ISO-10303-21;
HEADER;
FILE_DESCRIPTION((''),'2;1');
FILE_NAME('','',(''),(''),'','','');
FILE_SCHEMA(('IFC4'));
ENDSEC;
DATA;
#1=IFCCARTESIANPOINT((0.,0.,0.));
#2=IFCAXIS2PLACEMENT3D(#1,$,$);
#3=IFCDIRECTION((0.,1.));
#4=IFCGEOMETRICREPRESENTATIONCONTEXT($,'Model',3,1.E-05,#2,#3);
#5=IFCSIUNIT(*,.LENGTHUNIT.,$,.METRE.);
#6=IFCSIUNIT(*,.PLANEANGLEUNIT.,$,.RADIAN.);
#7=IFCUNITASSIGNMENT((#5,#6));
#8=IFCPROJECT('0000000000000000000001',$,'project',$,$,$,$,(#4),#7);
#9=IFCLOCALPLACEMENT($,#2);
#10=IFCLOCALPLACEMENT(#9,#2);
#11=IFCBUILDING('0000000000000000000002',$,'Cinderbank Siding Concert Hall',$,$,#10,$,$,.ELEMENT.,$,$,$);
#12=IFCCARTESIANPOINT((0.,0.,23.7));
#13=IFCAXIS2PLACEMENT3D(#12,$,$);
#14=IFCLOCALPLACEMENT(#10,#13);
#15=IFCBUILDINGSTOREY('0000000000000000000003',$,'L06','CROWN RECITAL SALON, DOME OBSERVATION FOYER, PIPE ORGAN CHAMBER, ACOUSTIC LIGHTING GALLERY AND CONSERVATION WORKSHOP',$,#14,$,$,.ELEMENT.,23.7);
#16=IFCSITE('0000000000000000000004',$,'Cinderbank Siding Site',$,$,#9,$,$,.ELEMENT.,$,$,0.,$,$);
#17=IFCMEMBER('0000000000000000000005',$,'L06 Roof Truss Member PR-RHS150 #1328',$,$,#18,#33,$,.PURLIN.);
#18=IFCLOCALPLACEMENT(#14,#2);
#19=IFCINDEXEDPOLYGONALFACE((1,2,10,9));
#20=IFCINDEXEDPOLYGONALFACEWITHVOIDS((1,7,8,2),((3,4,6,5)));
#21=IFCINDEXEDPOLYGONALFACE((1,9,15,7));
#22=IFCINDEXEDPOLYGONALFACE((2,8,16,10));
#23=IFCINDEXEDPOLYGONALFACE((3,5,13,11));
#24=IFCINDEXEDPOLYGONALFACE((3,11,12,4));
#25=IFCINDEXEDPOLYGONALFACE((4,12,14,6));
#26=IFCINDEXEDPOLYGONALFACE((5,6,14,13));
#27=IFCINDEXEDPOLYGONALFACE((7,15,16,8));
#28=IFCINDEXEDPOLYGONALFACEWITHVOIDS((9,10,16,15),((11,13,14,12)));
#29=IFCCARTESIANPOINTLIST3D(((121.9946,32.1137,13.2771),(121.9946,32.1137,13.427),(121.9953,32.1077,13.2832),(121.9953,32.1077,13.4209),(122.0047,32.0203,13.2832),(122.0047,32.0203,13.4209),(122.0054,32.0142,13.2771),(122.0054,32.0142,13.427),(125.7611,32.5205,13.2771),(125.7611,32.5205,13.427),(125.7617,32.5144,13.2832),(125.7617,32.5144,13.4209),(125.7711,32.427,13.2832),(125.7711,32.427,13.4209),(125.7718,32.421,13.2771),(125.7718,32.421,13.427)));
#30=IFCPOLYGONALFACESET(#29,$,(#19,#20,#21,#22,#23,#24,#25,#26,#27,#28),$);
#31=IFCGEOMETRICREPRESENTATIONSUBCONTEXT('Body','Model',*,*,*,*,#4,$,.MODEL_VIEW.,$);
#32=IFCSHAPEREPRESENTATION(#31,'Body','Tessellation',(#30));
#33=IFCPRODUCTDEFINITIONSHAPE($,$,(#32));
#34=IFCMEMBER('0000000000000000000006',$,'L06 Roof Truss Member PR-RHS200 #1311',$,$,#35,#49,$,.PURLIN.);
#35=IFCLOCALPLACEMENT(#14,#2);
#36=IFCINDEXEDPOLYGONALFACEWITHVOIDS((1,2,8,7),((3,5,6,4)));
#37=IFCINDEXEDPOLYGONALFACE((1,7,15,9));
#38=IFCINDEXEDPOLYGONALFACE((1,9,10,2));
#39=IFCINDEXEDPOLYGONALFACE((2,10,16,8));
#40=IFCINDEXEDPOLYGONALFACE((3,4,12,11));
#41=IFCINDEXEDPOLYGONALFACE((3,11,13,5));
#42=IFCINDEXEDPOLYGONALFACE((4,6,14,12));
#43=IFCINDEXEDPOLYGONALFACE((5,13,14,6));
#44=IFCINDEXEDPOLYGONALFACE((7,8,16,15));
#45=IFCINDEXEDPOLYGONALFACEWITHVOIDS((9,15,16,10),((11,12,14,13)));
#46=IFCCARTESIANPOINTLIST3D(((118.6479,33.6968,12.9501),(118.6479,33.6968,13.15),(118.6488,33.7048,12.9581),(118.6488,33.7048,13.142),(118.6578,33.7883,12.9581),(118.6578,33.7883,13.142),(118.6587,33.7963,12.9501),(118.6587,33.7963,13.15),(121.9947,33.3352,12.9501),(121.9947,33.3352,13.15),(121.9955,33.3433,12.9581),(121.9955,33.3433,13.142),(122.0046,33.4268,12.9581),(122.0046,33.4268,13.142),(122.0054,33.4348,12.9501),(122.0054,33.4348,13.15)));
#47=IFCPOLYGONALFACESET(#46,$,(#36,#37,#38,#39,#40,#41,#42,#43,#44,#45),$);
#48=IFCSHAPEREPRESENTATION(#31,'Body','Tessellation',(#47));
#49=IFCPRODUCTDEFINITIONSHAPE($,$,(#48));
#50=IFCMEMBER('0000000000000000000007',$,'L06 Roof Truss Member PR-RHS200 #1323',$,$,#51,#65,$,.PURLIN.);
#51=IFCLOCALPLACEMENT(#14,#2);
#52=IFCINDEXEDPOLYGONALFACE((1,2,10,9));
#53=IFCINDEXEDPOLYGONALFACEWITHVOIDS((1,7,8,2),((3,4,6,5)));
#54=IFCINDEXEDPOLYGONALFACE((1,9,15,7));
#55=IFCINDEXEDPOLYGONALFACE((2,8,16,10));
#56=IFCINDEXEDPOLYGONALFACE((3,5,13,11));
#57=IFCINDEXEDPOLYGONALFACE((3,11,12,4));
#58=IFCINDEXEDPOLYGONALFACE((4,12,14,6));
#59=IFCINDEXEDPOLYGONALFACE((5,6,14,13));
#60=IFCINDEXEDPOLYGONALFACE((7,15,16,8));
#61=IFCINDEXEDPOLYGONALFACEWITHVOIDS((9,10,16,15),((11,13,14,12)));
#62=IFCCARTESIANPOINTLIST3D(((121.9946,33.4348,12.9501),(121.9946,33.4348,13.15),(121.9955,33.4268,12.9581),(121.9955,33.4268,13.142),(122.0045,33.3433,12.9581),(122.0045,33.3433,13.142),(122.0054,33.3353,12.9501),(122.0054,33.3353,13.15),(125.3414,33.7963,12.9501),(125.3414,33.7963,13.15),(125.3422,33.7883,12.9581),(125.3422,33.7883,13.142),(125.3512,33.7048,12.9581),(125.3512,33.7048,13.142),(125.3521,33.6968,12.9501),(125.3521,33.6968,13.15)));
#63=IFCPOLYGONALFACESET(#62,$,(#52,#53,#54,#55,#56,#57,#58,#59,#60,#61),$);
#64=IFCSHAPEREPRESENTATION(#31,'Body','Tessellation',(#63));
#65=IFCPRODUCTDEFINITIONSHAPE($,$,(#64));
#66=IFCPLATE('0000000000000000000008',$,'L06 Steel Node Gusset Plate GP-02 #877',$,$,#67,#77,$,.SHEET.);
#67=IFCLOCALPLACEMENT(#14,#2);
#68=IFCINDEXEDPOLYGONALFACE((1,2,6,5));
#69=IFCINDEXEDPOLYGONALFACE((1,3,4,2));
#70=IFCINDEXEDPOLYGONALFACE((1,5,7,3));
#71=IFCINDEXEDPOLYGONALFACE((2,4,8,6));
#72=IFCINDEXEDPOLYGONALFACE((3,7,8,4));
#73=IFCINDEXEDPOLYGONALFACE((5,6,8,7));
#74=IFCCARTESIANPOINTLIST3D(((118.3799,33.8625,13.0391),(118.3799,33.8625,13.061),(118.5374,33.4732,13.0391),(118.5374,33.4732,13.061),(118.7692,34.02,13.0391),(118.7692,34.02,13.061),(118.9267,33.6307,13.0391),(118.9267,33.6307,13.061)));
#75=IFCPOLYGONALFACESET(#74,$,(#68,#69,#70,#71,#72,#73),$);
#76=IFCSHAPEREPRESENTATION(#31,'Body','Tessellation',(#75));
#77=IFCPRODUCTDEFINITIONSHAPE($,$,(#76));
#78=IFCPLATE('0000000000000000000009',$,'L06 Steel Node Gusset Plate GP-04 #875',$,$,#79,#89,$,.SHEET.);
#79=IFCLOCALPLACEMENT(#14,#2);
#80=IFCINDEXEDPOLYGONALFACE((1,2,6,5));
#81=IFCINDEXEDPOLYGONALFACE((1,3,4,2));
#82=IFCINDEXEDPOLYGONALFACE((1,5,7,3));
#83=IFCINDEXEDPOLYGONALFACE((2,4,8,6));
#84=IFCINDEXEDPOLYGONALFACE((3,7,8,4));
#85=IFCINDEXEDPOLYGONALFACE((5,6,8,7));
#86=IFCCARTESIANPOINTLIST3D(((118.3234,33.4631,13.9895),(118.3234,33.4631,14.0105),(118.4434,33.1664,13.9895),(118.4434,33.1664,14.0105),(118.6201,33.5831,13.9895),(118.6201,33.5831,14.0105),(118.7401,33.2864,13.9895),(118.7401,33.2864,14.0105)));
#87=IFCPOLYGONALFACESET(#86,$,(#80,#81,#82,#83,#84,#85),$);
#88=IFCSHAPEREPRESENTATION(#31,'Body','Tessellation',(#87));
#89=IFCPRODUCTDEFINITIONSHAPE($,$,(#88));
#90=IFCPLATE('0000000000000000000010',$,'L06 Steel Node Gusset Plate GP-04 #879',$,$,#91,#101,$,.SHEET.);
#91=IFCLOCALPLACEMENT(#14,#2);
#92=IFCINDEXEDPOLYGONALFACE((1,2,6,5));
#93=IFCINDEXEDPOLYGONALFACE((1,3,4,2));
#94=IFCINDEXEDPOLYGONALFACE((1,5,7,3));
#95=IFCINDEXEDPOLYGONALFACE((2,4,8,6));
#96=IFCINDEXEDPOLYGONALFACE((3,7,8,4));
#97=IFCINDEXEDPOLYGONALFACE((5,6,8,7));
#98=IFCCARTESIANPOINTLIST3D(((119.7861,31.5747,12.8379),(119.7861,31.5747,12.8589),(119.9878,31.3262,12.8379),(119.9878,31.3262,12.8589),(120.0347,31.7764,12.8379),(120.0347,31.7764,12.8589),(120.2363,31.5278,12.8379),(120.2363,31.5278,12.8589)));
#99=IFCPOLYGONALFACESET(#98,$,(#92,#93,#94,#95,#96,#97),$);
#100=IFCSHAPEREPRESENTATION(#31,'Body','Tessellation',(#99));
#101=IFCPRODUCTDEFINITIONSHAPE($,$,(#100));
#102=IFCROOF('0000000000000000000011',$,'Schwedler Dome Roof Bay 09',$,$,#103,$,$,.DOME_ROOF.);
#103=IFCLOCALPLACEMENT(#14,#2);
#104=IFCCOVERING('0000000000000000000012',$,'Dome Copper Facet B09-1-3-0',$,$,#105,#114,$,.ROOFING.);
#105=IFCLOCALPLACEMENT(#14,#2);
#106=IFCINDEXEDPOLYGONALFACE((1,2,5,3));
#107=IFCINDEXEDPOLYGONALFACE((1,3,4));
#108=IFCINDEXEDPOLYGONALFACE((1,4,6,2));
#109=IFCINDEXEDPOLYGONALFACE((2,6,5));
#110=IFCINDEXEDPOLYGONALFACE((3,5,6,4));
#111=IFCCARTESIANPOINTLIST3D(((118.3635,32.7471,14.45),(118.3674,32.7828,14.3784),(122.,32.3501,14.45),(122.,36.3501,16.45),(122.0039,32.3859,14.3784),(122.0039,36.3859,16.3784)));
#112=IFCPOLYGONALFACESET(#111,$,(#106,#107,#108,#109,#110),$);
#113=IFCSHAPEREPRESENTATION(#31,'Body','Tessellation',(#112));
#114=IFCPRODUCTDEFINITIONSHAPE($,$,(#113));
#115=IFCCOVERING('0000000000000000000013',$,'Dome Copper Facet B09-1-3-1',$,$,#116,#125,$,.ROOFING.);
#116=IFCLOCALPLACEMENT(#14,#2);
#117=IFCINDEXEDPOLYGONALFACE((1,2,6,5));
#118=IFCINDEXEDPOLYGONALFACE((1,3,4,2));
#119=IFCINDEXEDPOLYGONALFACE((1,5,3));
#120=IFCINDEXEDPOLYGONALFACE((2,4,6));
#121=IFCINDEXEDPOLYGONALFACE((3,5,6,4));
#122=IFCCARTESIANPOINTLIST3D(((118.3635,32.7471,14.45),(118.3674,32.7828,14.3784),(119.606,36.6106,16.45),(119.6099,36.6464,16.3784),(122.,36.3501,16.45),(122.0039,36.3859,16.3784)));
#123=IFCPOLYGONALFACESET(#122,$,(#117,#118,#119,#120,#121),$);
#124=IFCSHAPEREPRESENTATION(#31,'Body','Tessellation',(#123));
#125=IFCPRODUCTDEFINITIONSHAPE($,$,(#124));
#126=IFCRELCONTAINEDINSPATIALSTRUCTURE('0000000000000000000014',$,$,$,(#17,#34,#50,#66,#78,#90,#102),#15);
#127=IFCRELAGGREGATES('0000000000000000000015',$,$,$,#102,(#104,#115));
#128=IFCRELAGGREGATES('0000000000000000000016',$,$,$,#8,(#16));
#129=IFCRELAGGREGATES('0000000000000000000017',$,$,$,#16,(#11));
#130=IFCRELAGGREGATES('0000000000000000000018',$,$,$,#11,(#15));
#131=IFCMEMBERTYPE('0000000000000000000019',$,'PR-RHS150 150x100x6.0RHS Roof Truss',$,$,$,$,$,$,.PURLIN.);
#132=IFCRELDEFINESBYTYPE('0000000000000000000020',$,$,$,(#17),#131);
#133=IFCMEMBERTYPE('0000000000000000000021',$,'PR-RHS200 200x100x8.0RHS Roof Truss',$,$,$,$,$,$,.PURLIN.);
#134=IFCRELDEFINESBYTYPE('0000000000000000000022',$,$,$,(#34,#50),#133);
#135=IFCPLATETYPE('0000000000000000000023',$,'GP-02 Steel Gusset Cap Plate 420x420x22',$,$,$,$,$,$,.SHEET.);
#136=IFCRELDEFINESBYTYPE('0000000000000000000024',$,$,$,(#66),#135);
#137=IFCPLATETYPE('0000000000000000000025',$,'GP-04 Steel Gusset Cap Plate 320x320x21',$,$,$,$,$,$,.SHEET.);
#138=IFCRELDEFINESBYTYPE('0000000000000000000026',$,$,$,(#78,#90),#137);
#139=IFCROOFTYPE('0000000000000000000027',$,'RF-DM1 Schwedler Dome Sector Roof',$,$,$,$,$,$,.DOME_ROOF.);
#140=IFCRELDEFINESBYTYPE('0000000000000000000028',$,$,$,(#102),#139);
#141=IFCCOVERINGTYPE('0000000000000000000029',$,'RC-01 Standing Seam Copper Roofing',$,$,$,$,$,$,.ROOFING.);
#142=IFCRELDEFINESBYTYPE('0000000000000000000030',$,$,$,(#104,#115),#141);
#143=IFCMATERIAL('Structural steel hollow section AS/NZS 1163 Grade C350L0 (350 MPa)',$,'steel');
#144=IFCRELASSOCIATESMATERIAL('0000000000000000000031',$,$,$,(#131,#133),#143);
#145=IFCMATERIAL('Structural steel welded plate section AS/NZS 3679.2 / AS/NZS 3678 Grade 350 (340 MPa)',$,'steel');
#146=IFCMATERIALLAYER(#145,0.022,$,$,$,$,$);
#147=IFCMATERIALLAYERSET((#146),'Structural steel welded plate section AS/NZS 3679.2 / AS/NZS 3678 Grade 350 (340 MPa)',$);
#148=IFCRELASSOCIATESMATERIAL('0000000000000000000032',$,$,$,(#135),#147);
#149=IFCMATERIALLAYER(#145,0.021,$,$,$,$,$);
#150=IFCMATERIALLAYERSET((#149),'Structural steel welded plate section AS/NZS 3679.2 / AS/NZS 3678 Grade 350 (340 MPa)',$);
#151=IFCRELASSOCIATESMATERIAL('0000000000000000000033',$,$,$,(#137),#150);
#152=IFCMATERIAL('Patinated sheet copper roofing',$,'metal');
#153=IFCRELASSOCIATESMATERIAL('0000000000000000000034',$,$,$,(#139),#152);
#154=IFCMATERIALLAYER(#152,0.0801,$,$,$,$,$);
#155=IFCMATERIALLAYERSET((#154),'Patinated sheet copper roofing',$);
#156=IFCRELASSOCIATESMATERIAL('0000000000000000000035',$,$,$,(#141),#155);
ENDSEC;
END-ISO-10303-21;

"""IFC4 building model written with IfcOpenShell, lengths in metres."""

from ifc_helpers import new_model, si_unit, direction, frame, origin, origin_2d, place, context, subcontext, project, spatial, polyline, rectangle, hollow_rectangle, outline, extrude, material, layer, layer_set, material_profile, profile_set, type_object, element, aggregate, save


model = new_model("IFC4")

# Units and contexts
model_context = context("Model", 3, precision=1e-05, world=origin(), true_north=direction((0.0, 1.0)))
body_context = subcontext(model_context, "Body", "Model", "MODEL_VIEW")
ifc_project = project(units=[si_unit("LENGTHUNIT", "METRE"), si_unit("PLANEANGLEUNIT", "RADIAN")], contexts=[model_context])

# Site, building, storey
site_placement = place(None, origin())
site = spatial("IfcSite", under=ifc_project, at=site_placement, Name="Cinderbank Siding Site", CompositionType="ELEMENT", RefElevation=0.0)
building_placement = place(site_placement, origin())
building = spatial("IfcBuilding", under=site, at=building_placement, Name="Cinderbank Siding Concert Hall", CompositionType="ELEMENT")
storey_placement = place(building_placement, frame((0.0, 0.0, 23.7)))
storey = spatial("IfcBuildingStorey", under=building, at=storey_placement, Name="L06", Description="CROWN RECITAL SALON, DOME OBSERVATION FOYER, PIPE ORGAN CHAMBER, ACOUSTIC LIGHTING GALLERY AND CONSERVATION WORKSHOP", CompositionType="ELEMENT", Elevation=23.7)

# Members
ifc_material_1 = material(Name="Structural steel hollow section AS/NZS 1163 Grade C350L0 (350 MPa)", Category="steel")
ifc_material_profile_1 = material_profile(ifc_material_1, hollow_rectangle(XDim=0.1001, YDim=0.1499, WallThickness=0.0061, at=origin_2d()), Name="150x100x6.0RHS", Category="LoadBearing")
ifc_profile_set_1 = profile_set([ifc_material_profile_1], Name="Structural steel hollow section AS/NZS 1163 Grade C350L0 (350 MPa)")
member_type_1 = type_object("IfcMemberType", Name="PR-RHS150 150x100x6.0RHS Roof Truss", PredefinedType="PURLIN", material=ifc_profile_set_1)
member_1_placement = place(storey_placement, frame((122.0, 32.064, 13.3521), z_axis=(0.994219, 0.107368, 0.0), x_axis=(-0.107368, 0.994219, 0.0)))
element("IfcMember", 1, at=member_1_placement, inside=storey, type_object=member_type_1, Name="L06 Roof Truss Member PR-RHS150 #1328", PredefinedType="PURLIN", context=body_context, shape_type="SweptSolid", body=[
    extrude(hollow_rectangle(XDim=0.1001, YDim=0.1499, WallThickness=0.0061, at=origin_2d()), origin(), (0.0, 0.0, 1.0), 3.7883),
])
ifc_material_profile_2 = material_profile(ifc_material_1, hollow_rectangle(XDim=0.1001, YDim=0.2, WallThickness=0.0081, at=origin_2d()), Name="200x100x8.0RHS", Category="LoadBearing")
ifc_profile_set_2 = profile_set([ifc_material_profile_2], Name="Structural steel hollow section AS/NZS 1163 Grade C350L0 (350 MPa)")
member_type_2 = type_object("IfcMemberType", Name="PR-RHS200 200x100x8.0RHS Roof Truss", PredefinedType="PURLIN", material=ifc_profile_set_2)
for number, where, z_axis, x_axis, name in (
    (2, (118.6533, 33.7466, 13.05), (0.994214, -0.107414, 0.0), (0.107414, 0.994214, 0.0), "L06 Roof Truss Member PR-RHS200 #1311"),
    (3, (122.0, 33.385, 13.05), (0.994214, 0.107414, 0.0), (-0.107414, 0.994214, 0.0), "L06 Roof Truss Member PR-RHS200 #1323"),
):
    element("IfcMember", number, at=place(storey_placement, frame(where, z_axis=z_axis, x_axis=x_axis)), inside=storey, type_object=member_type_2, Name=name, PredefinedType="PURLIN", context=body_context, shape_type="SweptSolid", body=[
        extrude(hollow_rectangle(XDim=0.1001, YDim=0.2, WallThickness=0.0081, at=origin_2d()), origin(), (0.0, 0.0, 1.0), 3.3662),
    ])

# Plates
ifc_material_2 = material(Name="Structural steel welded plate section AS/NZS 3679.2 / AS/NZS 3678 Grade 350 (340 MPa)", Category="steel")
ifc_layer_1 = layer(ifc_material_2, 0.022)
ifc_layer_set_1 = layer_set([ifc_layer_1], Name="Structural steel welded plate section AS/NZS 3679.2 / AS/NZS 3678 Grade 350 (340 MPa)")
plate_type_1 = type_object("IfcPlateType", Name="GP-02 Steel Gusset Cap Plate 420x420x22", PredefinedType="SHEET", material=ifc_layer_set_1)
plate_placement = place(storey_placement, frame((118.6533, 33.7466, 13.0391), z_axis=(0.0, 0.0, 1.0), x_axis=(0.926988, 0.375092, 0.0)))
element("IfcPlate", 4, at=plate_placement, inside=storey, type_object=plate_type_1, Name="L06 Steel Node Gusset Plate GP-02 #877", PredefinedType="SHEET", context=body_context, shape_type="SweptSolid", body=[
    extrude(rectangle(XDim=0.4199, YDim=0.4199, at=origin_2d()), origin(), (0.0, 0.0, 1.0), 0.022),
])
ifc_layer_2 = layer(ifc_material_2, 0.021)
ifc_layer_set_2 = layer_set([ifc_layer_2], Name="Structural steel welded plate section AS/NZS 3679.2 / AS/NZS 3678 Grade 350 (340 MPa)")
plate_type_2 = type_object("IfcPlateType", Name="GP-04 Steel Gusset Cap Plate 320x320x21", PredefinedType="SHEET", material=ifc_layer_set_2)
for number, where, z_axis, x_axis, name in (
    (5, (118.5317, 33.3748, 13.9895), (0.0, 0.0, 1.0), (0.926988, 0.375092, 0.0), "L06 Steel Node Gusset Plate GP-04 #875"),
    (6, (120.0112, 31.5513, 12.8379), (0.0, 0.0, 1.0), (-0.629998, 0.776596, 0.0), "L06 Steel Node Gusset Plate GP-04 #879"),
):
    element("IfcPlate", number, at=place(storey_placement, frame(where, z_axis=z_axis, x_axis=x_axis)), inside=storey, type_object=plate_type_2, Name=name, PredefinedType="SHEET", context=body_context, shape_type="SweptSolid", body=[
        extrude(rectangle(XDim=0.3201, YDim=0.3201, at=origin_2d()), origin(), (0.0, 0.0, 1.0), 0.021),
    ])

# Roof, coverings
ifc_material_3 = material(Name="Patinated sheet copper roofing", Category="metal")
roof_type = type_object("IfcRoofType", Name="RF-DM1 Schwedler Dome Sector Roof", PredefinedType="DOME_ROOF", material=ifc_material_3)
roof_placement = place(storey_placement, origin())
roof = element("IfcRoof", 7, at=roof_placement, inside=storey, type_object=roof_type, Name="Schwedler Dome Roof Bay 09", PredefinedType="DOME_ROOF")
ifc_layer_3 = layer(ifc_material_3, 0.0801)
ifc_layer_set_3 = layer_set([ifc_layer_3], Name="Patinated sheet copper roofing")
covering_type = type_object("IfcCoveringType", Name="RC-01 Standing Seam Copper Roofing", PredefinedType="ROOFING", material=ifc_layer_set_3)
covering_1_placement = place(storey_placement, frame((118.3635, 32.7471, 14.45), z_axis=(-0.048762, -0.446682, 0.893363), x_axis=(0.994094, -0.108519, 0.0)))
covering_1 = element("IfcCovering", 8, at=covering_1_placement, type_object=covering_type, Name="Dome Copper Facet B09-1-3-0", PredefinedType="ROOFING", context=body_context, shape_type="SweptSolid", body=[
    extrude(outline(polyline([(0.0, 0.0), (3.6581, 0.0), (3.224, 4.451), (0.0, 0.0)])), origin(), (0.0, 0.0, -1.0), 0.0801),
])
covering_2_placement = place(storey_placement, frame((118.3635, 32.7471, 14.45), z_axis=(-0.048617, -0.4468, 0.893312), x_axis=(0.661661, 0.655576, 0.363903)))
covering_2 = element("IfcCovering", 9, at=covering_2_placement, type_object=covering_type, Name="Dome Copper Facet B09-1-3-1", PredefinedType="ROOFING", context=body_context, shape_type="SweptSolid", body=[
    extrude(outline(polyline([(0.0, 0.0), (5.496, 0.0), (4.0827, 1.9499), (0.0, 0.0)])), origin(), (0.0, 0.0, -1.0), 0.0801),
])
aggregate(roof, [covering_1, covering_2])

save(model, "model.ifc")
